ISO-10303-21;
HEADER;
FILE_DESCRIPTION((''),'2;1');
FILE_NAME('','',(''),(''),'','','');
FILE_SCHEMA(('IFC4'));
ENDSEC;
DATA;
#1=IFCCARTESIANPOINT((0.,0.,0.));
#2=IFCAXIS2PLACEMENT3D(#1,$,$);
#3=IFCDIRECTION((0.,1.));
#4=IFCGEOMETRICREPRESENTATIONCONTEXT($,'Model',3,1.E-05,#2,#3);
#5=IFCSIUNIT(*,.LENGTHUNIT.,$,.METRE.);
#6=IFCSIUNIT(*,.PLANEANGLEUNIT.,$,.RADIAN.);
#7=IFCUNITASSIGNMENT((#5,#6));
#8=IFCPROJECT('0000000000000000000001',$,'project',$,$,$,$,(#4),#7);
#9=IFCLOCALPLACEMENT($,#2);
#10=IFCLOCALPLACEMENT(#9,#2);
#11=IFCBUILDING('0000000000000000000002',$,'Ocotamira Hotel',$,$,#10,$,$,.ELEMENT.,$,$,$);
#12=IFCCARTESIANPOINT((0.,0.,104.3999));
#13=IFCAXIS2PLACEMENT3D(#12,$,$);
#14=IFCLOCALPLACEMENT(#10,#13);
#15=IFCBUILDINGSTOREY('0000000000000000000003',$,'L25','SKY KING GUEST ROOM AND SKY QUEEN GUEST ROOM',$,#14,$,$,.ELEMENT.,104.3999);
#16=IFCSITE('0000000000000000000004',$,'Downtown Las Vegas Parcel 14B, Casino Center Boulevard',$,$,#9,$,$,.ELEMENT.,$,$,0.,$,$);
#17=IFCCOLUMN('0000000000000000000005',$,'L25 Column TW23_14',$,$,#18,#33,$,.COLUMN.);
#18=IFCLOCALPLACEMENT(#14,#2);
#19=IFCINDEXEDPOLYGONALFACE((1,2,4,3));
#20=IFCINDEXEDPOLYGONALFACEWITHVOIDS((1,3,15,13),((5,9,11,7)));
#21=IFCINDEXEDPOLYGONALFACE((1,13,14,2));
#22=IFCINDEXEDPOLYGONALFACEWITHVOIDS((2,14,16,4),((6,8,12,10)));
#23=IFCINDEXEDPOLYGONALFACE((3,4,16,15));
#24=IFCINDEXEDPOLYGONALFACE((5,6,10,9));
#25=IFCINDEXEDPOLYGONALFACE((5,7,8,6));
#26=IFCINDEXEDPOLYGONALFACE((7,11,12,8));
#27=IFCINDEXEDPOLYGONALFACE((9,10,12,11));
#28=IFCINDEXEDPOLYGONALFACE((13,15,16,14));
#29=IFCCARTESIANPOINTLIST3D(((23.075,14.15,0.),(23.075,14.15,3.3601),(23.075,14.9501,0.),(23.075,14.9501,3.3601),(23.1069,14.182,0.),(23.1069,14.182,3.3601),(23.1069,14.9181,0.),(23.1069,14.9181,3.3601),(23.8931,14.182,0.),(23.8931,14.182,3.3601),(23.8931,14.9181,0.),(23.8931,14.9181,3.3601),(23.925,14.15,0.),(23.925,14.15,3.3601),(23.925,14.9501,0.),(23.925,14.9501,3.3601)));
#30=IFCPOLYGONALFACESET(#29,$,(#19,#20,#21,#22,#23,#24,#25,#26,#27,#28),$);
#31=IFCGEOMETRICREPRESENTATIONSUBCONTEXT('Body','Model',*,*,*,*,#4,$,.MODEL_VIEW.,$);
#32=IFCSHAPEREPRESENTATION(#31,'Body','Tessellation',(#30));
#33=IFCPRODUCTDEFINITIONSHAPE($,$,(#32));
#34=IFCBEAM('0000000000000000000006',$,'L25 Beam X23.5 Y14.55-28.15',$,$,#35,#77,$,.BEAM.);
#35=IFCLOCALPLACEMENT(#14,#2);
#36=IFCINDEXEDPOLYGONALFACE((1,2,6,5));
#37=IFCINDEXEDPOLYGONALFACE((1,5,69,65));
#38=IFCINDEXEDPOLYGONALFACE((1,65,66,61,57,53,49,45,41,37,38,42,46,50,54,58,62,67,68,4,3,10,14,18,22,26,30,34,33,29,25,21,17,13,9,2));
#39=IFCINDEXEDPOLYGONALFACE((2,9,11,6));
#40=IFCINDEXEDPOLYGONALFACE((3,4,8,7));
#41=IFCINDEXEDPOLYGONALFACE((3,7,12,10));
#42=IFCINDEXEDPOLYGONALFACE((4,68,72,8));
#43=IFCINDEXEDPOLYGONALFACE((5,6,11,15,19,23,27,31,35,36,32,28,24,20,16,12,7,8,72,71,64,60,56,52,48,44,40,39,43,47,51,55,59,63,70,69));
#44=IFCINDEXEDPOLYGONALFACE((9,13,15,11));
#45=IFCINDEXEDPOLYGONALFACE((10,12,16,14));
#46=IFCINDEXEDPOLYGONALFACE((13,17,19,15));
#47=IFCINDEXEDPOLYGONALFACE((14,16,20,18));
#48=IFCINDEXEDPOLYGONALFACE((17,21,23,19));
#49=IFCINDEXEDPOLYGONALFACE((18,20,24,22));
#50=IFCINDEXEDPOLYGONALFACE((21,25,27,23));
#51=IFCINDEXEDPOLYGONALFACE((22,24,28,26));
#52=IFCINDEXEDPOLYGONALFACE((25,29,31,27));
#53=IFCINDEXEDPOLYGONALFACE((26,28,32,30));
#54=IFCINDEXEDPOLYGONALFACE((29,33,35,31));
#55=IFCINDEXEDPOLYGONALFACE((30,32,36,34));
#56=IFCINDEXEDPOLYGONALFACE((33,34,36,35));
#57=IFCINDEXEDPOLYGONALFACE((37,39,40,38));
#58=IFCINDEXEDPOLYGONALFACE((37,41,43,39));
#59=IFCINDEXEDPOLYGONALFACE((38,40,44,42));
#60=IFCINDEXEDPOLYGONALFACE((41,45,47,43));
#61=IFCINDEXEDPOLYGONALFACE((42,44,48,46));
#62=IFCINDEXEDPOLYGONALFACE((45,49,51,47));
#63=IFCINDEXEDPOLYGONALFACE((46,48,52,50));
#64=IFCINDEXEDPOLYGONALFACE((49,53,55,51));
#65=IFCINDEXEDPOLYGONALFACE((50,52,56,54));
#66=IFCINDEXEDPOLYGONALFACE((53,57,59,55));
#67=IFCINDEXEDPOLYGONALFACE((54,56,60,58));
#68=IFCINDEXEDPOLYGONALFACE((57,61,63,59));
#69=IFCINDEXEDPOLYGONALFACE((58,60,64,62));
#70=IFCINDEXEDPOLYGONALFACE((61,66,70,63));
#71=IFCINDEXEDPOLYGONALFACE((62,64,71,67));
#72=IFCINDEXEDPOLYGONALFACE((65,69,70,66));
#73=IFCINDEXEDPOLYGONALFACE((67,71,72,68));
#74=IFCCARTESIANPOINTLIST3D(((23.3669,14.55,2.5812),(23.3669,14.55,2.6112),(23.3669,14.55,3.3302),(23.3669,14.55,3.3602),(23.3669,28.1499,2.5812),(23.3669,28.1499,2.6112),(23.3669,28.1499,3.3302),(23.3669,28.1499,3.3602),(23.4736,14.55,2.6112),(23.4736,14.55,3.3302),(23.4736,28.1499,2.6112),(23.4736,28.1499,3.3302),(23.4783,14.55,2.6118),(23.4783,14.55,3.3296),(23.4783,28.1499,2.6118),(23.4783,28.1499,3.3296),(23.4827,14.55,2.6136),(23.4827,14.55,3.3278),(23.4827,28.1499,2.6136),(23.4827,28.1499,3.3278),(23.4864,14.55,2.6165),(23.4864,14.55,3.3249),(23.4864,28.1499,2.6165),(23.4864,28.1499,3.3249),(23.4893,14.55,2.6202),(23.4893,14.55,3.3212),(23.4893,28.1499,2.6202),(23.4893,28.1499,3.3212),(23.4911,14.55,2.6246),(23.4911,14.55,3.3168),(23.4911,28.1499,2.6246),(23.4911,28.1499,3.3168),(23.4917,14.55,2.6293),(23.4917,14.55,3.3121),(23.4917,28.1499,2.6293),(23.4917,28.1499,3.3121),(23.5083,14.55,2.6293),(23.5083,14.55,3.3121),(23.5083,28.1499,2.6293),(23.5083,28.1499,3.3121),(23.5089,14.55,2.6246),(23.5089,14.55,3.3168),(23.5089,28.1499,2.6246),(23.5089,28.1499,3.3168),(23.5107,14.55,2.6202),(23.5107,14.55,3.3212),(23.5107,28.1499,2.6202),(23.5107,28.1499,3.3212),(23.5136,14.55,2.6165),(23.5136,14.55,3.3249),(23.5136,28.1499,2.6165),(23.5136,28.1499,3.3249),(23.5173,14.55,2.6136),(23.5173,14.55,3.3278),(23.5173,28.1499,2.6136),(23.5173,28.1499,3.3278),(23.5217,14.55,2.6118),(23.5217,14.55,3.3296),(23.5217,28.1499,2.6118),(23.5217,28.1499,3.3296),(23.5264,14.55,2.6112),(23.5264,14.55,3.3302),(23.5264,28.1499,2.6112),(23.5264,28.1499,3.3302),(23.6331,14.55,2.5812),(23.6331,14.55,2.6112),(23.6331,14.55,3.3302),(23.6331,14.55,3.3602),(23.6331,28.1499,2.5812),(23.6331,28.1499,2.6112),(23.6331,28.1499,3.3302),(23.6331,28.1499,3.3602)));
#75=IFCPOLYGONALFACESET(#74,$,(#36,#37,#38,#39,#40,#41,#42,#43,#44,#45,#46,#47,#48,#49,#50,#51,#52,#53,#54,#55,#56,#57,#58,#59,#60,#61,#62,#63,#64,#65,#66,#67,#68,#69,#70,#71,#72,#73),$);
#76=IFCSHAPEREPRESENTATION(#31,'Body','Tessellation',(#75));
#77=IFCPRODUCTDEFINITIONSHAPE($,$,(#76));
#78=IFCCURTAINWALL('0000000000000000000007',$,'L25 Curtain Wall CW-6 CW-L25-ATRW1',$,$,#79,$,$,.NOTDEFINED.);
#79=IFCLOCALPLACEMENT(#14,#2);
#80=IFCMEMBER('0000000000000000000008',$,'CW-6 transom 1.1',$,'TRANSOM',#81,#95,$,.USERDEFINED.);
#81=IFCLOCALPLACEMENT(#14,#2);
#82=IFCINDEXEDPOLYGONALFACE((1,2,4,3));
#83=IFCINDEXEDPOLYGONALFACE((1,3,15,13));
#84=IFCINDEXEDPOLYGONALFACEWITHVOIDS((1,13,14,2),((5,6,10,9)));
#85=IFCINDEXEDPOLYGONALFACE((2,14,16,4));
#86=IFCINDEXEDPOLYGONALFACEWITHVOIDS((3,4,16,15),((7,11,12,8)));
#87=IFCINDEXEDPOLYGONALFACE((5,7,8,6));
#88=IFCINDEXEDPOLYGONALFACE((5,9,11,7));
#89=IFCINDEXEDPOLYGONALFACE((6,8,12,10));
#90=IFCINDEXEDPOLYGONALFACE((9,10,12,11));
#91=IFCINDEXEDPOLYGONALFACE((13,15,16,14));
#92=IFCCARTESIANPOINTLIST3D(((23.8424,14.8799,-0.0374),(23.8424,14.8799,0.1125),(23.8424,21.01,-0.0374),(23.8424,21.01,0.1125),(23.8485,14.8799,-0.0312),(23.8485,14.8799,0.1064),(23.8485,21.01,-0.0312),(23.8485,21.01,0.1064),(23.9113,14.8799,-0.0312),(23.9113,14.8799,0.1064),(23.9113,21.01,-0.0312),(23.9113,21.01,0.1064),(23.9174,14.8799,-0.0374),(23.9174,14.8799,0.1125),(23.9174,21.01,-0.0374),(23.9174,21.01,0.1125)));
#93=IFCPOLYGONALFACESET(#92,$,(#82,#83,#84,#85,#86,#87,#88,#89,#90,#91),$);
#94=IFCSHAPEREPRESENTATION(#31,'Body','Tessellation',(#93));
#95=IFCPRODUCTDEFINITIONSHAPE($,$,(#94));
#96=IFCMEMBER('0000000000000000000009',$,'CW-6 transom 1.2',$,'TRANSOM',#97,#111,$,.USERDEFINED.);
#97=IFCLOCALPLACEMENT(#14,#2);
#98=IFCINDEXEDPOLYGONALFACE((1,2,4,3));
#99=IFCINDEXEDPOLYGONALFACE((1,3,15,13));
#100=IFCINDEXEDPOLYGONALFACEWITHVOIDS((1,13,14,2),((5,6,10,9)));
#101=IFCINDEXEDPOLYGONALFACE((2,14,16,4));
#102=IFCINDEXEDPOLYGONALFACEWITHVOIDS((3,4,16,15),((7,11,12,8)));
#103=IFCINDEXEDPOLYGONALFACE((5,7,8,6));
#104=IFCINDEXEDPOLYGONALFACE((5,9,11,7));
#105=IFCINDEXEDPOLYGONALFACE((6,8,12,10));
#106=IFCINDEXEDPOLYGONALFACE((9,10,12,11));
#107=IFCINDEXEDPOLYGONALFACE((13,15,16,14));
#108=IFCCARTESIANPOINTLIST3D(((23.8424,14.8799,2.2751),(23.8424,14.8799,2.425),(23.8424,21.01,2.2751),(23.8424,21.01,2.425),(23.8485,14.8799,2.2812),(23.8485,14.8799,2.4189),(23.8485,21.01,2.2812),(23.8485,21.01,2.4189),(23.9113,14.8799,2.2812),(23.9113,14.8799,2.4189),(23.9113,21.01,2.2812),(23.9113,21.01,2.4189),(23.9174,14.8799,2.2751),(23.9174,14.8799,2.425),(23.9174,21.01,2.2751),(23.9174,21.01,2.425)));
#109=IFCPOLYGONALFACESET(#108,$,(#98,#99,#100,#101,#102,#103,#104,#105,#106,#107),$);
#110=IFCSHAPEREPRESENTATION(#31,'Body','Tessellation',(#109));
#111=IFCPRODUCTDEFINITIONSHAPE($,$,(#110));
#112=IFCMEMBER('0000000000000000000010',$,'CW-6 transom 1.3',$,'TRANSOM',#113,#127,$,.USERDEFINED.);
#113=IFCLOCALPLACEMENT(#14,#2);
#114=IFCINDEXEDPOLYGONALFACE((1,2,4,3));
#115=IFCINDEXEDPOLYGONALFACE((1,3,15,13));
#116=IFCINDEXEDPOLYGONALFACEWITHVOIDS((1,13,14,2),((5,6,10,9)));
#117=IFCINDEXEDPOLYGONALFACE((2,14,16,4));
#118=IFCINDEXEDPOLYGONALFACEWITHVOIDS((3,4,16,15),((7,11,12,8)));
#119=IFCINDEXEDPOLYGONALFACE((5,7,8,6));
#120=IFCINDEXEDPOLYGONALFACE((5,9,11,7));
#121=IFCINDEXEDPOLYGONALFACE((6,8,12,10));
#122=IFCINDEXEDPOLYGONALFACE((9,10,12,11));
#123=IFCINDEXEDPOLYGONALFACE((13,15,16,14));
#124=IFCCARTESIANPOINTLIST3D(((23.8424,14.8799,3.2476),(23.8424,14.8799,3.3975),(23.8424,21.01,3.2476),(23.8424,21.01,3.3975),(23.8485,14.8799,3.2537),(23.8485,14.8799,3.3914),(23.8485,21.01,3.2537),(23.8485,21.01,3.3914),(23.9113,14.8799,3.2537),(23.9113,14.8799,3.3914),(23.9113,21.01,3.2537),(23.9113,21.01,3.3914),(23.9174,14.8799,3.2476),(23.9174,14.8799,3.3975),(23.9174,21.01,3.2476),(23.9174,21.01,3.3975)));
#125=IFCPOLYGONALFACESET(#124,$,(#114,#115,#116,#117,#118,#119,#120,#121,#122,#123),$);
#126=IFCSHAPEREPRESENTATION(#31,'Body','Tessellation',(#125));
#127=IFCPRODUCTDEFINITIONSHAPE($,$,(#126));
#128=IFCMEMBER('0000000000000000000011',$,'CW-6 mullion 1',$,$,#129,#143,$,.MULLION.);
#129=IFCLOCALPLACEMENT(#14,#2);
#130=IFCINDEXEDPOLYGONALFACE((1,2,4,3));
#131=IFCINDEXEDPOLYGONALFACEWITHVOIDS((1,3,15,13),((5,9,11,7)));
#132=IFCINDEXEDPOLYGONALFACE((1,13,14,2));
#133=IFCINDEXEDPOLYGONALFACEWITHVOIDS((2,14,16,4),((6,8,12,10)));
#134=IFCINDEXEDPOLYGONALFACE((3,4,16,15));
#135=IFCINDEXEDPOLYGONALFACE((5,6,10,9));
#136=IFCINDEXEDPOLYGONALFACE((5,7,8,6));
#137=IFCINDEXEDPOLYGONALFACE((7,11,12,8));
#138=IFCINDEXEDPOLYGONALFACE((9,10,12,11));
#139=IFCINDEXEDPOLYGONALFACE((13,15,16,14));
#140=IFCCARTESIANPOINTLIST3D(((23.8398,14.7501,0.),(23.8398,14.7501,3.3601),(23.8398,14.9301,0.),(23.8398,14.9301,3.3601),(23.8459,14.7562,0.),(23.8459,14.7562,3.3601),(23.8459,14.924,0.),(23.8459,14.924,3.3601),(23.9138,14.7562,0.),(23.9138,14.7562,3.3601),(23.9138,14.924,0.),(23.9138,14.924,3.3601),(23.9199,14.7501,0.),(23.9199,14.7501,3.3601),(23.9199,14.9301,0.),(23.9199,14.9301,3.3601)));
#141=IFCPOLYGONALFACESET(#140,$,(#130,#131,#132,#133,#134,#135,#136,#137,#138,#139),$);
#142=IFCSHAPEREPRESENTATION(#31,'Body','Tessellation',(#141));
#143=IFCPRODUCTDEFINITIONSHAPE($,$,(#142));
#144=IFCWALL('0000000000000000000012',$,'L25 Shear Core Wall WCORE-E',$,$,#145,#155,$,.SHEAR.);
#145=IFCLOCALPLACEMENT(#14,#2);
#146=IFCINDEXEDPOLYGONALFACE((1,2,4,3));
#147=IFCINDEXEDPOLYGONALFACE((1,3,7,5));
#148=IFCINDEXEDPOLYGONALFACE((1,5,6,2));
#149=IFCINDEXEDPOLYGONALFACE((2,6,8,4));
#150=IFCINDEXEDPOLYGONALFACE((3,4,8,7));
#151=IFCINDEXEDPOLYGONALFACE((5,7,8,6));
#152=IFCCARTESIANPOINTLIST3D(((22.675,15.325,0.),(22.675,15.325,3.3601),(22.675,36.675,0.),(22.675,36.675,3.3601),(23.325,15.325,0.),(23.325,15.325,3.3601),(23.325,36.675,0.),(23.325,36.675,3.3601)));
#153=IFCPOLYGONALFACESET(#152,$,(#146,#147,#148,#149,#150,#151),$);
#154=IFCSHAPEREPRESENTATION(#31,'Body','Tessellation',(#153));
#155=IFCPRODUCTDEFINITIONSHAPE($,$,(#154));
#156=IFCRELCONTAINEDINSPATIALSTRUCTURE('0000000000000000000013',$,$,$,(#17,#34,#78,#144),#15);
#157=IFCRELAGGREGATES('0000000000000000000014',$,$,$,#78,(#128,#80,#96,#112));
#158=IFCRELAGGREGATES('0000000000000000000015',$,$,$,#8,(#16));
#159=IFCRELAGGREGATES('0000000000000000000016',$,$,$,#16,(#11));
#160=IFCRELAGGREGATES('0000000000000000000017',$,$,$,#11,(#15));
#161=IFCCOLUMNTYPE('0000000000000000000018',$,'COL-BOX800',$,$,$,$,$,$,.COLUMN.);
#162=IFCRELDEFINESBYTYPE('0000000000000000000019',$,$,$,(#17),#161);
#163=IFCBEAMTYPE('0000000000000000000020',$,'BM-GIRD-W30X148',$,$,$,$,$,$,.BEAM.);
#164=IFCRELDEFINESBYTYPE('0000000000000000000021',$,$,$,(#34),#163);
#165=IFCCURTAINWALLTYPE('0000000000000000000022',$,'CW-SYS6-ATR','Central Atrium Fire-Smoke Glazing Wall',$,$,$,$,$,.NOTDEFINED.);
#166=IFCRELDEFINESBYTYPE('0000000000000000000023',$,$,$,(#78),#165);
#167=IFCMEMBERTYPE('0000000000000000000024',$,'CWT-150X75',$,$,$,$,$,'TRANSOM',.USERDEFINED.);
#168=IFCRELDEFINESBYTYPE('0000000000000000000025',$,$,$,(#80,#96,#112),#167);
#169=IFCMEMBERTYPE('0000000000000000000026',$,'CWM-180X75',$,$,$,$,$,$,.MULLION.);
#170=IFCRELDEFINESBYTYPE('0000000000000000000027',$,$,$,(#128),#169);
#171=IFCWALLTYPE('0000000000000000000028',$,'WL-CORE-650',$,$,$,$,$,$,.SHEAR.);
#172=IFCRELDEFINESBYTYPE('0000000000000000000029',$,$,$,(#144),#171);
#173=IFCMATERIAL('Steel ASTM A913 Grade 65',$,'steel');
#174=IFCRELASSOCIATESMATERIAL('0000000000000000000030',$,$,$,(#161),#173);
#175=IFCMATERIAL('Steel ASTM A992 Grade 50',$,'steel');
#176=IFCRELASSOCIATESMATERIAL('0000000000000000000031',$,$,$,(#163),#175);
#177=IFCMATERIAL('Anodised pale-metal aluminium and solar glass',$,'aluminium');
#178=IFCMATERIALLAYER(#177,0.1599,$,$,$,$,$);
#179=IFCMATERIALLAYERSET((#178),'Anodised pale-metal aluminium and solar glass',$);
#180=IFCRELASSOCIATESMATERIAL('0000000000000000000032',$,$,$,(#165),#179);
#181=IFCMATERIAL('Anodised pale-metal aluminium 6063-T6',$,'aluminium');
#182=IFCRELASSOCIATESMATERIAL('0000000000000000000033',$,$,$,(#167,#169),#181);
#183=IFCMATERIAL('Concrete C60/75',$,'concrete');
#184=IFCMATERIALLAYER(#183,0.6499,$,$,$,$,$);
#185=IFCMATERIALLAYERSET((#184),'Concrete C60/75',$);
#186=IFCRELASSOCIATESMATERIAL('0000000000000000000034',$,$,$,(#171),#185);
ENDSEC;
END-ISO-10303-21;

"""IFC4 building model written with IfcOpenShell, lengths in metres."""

from ifc_helpers import new_model, si_unit, direction, frame, frame_2d, origin, origin_2d, place, context, subcontext, project, spatial, rectangle, hollow_rectangle, i_section, extrude, source, transform, mapped, material, layer, layer_set, material_profile, profile_set, type_object, element, aggregate, save


model = new_model("IFC4")

# Units and contexts
model_context = context("Model", 3, precision=1e-05, world=origin(), true_north=direction((0.0, 1.0)))
body_context = subcontext(model_context, "Body", "Model", "MODEL_VIEW")
ifc_project = project(units=[si_unit("LENGTHUNIT", "METRE"), si_unit("PLANEANGLEUNIT", "RADIAN")], contexts=[model_context])

# Site, building, storey
site_placement = place(None, origin())
site = spatial("IfcSite", under=ifc_project, at=site_placement, Name="Downtown Las Vegas Parcel 14B, Casino Center Boulevard", CompositionType="ELEMENT", RefElevation=0.0)
building_placement = place(site_placement, origin())
building = spatial("IfcBuilding", under=site, at=building_placement, Name="Ocotamira Hotel", CompositionType="ELEMENT")
storey_placement = place(building_placement, frame((0.0, 0.0, 104.3999)))
storey = spatial("IfcBuildingStorey", under=building, at=storey_placement, Name="L25", Description="SKY KING GUEST ROOM AND SKY QUEEN GUEST ROOM", CompositionType="ELEMENT", Elevation=104.3999)

# Column
ifc_material_1 = material(Name="Steel ASTM A913 Grade 65", Category="steel")
ifc_material_profile_1 = material_profile(ifc_material_1, hollow_rectangle(XDim=0.8501, YDim=0.8, WallThickness=0.032, at=origin_2d()), Name="BOX800X850X32")
ifc_profile_set_1 = profile_set([ifc_material_profile_1], Name="Steel ASTM A913 Grade 65")
column_type = type_object("IfcColumnType", Name="COL-BOX800", PredefinedType="COLUMN", material=ifc_profile_set_1)
shared_shape_1 = source(origin(), body_context, "Body", "SweptSolid", [
    extrude(hollow_rectangle(XDim=0.8501, YDim=0.8, WallThickness=0.032, at=origin_2d()), origin(), (0.0, 0.0, 1.0), 3.3601),
])
column_placement = place(storey_placement, frame((23.5, 14.55, 0.0), z_axis=(0.0, 0.0, 1.0), x_axis=(1.0, 0.0, 0.0)))
element("IfcColumn", 1, at=column_placement, inside=storey, type_object=column_type, Name="L25 Column TW23_14", PredefinedType="COLUMN", context=body_context, shape_type="MappedRepresentation", body=[
    mapped(shared_shape_1, transform((0.0, 0.0, 0.0), scale=1.0)),
])

# Beam
ifc_material_2 = material(Name="Steel ASTM A992 Grade 50", Category="steel")
ifc_material_profile_2 = material_profile(ifc_material_2, i_section(OverallWidth=0.2661, OverallDepth=0.7791, WebThickness=0.0166, FlangeThickness=0.03, FilletRadius=0.0181, at=origin_2d()), Name="W30X148")
ifc_profile_set_2 = profile_set([ifc_material_profile_2], Name="Steel ASTM A992 Grade 50")
beam_type = type_object("IfcBeamType", Name="BM-GIRD-W30X148", PredefinedType="BEAM", material=ifc_profile_set_2)
shared_shape_2 = source(origin(), body_context, "Body", "SweptSolid", [
    extrude(i_section(OverallWidth=0.2661, OverallDepth=0.7791, WebThickness=0.0166, FlangeThickness=0.03, FilletRadius=0.0181, at=origin_2d()), origin(), (0.0, 0.0, 1.0), 13.5999),
])
beam_placement = place(storey_placement, frame((23.5, 14.55, 2.9707), z_axis=(0.0, 1.0, 0.0), x_axis=(-1.0, 0.0, 0.0)))
element("IfcBeam", 2, at=beam_placement, inside=storey, type_object=beam_type, Name="L25 Beam X23.5 Y14.55-28.15", PredefinedType="BEAM", context=body_context, shape_type="MappedRepresentation", body=[
    mapped(shared_shape_2, transform((0.0, 0.0, 0.0), scale=1.0)),
])

# Curtain wall, members
ifc_material_3 = material(Name="Anodised pale-metal aluminium and solar glass", Category="aluminium")
ifc_layer_1 = layer(ifc_material_3, 0.1599)
ifc_layer_set_1 = layer_set([ifc_layer_1], Name="Anodised pale-metal aluminium and solar glass")
curtain_wall_type = type_object("IfcCurtainWallType", Name="CW-SYS6-ATR", Description="Central Atrium Fire-Smoke Glazing Wall", PredefinedType="NOTDEFINED", material=ifc_layer_set_1)
curtain_wall_placement = place(storey_placement, origin())
curtain_wall = element("IfcCurtainWall", 3, at=curtain_wall_placement, inside=storey, type_object=curtain_wall_type, Name="L25 Curtain Wall CW-6 CW-L25-ATRW1", PredefinedType="NOTDEFINED")
ifc_material_4 = material(Name="Anodised pale-metal aluminium 6063-T6", Category="aluminium")
ifc_material_profile_3 = material_profile(ifc_material_4, hollow_rectangle(XDim=0.075, YDim=0.1499, WallThickness=0.0061, at=origin_2d()), Name="HSS150X75X6")
ifc_profile_set_3 = profile_set([ifc_material_profile_3], Name="Anodised pale-metal aluminium 6063-T6")
member_type_1 = type_object("IfcMemberType", Name="CWT-150X75", ElementType="TRANSOM", PredefinedType="USERDEFINED", material=ifc_profile_set_3)
shared_shape_3 = source(origin(), body_context, "Body", "SweptSolid", [
    extrude(hollow_rectangle(XDim=0.075, YDim=0.1499, WallThickness=0.0061, at=origin_2d()), origin(), (0.0, 0.0, 1.0), 6.1301),
])
member_1_placement = place(storey_placement, frame((23.8799, 14.8799, 0.0376), z_axis=(0.0, 1.0, 0.0), x_axis=(-1.0, 0.0, 0.0)))
member_1 = element("IfcMember", 4, at=member_1_placement, type_object=member_type_1, Name="CW-6 transom 1.1", ObjectType="TRANSOM", PredefinedType="USERDEFINED", context=body_context, shape_type="MappedRepresentation", body=[
    mapped(shared_shape_3, transform((0.0, 0.0, 0.0), scale=1.0)),
])
member_2_placement = place(storey_placement, frame((23.8799, 14.8799, 2.3501), z_axis=(0.0, 1.0, 0.0), x_axis=(-1.0, 0.0, 0.0)))
member_2 = element("IfcMember", 5, at=member_2_placement, type_object=member_type_1, Name="CW-6 transom 1.2", ObjectType="TRANSOM", PredefinedType="USERDEFINED", context=body_context, shape_type="MappedRepresentation", body=[
    mapped(shared_shape_3, transform((0.0, 0.0, 0.0), scale=1.0)),
])
member_3_placement = place(storey_placement, frame((23.8799, 14.8799, 3.3225), z_axis=(0.0, 1.0, 0.0), x_axis=(-1.0, 0.0, 0.0)))
member_3 = element("IfcMember", 6, at=member_3_placement, type_object=member_type_1, Name="CW-6 transom 1.3", ObjectType="TRANSOM", PredefinedType="USERDEFINED", context=body_context, shape_type="MappedRepresentation", body=[
    mapped(shared_shape_3, transform((0.0, 0.0, 0.0), scale=1.0)),
])
ifc_material_profile_4 = material_profile(ifc_material_4, hollow_rectangle(XDim=0.0801, YDim=0.1799, WallThickness=0.0061, at=origin_2d()), Name="HSS180X80X6")
ifc_profile_set_4 = profile_set([ifc_material_profile_4], Name="Anodised pale-metal aluminium 6063-T6")
member_type_2 = type_object("IfcMemberType", Name="CWM-180X75", PredefinedType="MULLION", material=ifc_profile_set_4)
shared_shape_4 = source(origin(), body_context, "Body", "SweptSolid", [
    extrude(hollow_rectangle(XDim=0.0801, YDim=0.1799, WallThickness=0.0061, at=origin_2d()), origin(), (0.0, 0.0, 1.0), 3.3601),
])
member_4_placement = place(storey_placement, frame((23.8799, 14.8401, 0.0), z_axis=(0.0, 0.0, 1.0), x_axis=(-1.0, 0.0, 0.0)))
member_4 = element("IfcMember", 7, at=member_4_placement, type_object=member_type_2, Name="CW-6 mullion 1", PredefinedType="MULLION", context=body_context, shape_type="MappedRepresentation", body=[
    mapped(shared_shape_4, transform((0.0, 0.0, 0.0), scale=1.0)),
])
aggregate(curtain_wall, [member_4, member_1, member_2, member_3])

# Wall
ifc_material_5 = material(Name="Concrete C60/75", Category="concrete")
ifc_layer_2 = layer(ifc_material_5, 0.6499)
ifc_layer_set_2 = layer_set([ifc_layer_2], Name="Concrete C60/75")
wall_type_1 = type_object("IfcWallType", Name="WL-CORE-650", PredefinedType="SHEAR", material=ifc_layer_set_2)
wall_1_placement = place(storey_placement, frame((23.0, 15.325, 0.0), z_axis=(0.0, 0.0, 1.0), x_axis=(0.0, 1.0, 0.0)))
element("IfcWall", 8, at=wall_1_placement, inside=storey, type_object=wall_type_1, Name="L25 Shear Core Wall WCORE-E", PredefinedType="SHEAR", context=body_context, shape_type="SweptSolid", body=[
    extrude(rectangle(XDim=21.3501, YDim=0.6499, at=frame_2d((10.675, 0.0))), origin(), (0.0, 0.0, 1.0), 3.3601),
])

save(model, "model.ifc")
